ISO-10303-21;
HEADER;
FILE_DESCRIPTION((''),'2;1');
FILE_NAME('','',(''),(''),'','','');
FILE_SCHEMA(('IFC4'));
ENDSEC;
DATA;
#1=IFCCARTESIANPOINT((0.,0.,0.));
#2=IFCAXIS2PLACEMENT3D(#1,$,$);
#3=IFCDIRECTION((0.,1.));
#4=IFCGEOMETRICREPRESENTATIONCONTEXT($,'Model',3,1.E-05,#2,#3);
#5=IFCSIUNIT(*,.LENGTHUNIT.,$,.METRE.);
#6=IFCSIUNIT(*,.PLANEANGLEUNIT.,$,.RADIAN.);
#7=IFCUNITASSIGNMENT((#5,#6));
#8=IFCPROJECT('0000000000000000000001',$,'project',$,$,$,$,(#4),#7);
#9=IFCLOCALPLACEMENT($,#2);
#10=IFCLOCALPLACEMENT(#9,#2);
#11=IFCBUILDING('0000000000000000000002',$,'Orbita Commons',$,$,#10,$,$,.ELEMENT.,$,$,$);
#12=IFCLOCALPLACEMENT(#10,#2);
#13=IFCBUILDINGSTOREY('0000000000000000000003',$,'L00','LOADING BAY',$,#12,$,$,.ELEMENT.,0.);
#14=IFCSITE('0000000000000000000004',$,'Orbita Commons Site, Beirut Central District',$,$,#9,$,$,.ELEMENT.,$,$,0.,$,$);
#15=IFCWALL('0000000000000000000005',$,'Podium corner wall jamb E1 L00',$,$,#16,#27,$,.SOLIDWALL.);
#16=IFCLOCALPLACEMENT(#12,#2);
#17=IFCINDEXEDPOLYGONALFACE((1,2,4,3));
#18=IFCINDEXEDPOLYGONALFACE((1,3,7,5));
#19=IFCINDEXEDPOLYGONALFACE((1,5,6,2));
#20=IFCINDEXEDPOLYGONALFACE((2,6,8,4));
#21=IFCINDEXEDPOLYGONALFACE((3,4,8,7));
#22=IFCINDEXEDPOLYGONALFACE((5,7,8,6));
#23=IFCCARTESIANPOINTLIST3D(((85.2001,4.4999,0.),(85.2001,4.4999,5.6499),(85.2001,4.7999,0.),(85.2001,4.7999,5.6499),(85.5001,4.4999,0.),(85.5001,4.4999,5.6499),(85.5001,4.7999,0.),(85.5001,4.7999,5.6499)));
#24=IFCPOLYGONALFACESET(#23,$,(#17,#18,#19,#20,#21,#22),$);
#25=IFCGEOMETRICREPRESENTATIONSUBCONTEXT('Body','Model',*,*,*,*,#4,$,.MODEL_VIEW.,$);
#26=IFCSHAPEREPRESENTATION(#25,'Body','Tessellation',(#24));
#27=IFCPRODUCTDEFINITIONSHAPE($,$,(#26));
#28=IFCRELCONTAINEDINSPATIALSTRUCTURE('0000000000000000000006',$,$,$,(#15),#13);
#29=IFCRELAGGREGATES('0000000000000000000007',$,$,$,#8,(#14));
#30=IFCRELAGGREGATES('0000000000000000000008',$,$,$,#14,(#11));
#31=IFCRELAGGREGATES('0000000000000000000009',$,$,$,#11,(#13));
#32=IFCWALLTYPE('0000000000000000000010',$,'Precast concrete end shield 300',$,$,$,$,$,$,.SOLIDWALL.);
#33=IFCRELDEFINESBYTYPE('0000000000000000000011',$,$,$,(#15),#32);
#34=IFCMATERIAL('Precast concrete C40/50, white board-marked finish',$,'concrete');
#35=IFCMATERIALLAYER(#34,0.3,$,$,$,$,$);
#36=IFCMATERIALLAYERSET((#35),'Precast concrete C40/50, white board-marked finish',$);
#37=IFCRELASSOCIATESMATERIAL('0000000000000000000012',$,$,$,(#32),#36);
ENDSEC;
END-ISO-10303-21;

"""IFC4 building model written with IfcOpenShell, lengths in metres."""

from ifc_helpers import new_model, si_unit, direction, frame, frame_2d, origin, place, context, subcontext, project, spatial, rectangle, extrude, material, layer, layer_set, type_object, element, save


model = new_model("IFC4")

# Units and contexts
model_context = context("Model", 3, precision=1e-05, world=origin(), true_north=direction((0.0, 1.0)))
body_context = subcontext(model_context, "Body", "Model", "MODEL_VIEW")
ifc_project = project(units=[si_unit("LENGTHUNIT", "METRE"), si_unit("PLANEANGLEUNIT", "RADIAN")], contexts=[model_context])

# Site, building, storey
site_placement = place(None, origin())
site = spatial("IfcSite", under=ifc_project, at=site_placement, Name="Orbita Commons Site, Beirut Central District", CompositionType="ELEMENT", RefElevation=0.0)
building_placement = place(site_placement, origin())
building = spatial("IfcBuilding", under=site, at=building_placement, Name="Orbita Commons", CompositionType="ELEMENT")
storey_placement = place(building_placement, origin())
storey = spatial("IfcBuildingStorey", under=building, at=storey_placement, Name="L00", Description="LOADING BAY", CompositionType="ELEMENT", Elevation=0.0)

# Wall
ifc_material_1 = material(Name="Precast concrete C40/50, white board-marked finish", Category="concrete")
ifc_layer_1 = layer(ifc_material_1, 0.3)
ifc_layer_set_1 = layer_set([ifc_layer_1], Name="Precast concrete C40/50, white board-marked finish")
wall_type_1 = type_object("IfcWallType", Name="Precast concrete end shield 300", PredefinedType="SOLIDWALL", material=ifc_layer_set_1)
for number, where, z_axis, x_axis, name in (
    (1, (85.3501, 4.5, 0.0), (0.0, 0.0, 1.0), (0.0, 1.0, 0.0), "Podium corner wall jamb E1 L00"),
):
    element("IfcWall", number, at=place(storey_placement, frame(where, z_axis=z_axis, x_axis=x_axis)), inside=storey, type_object=wall_type_1, Name=name, PredefinedType="SOLIDWALL", context=body_context, shape_type="SweptSolid", body=[
        extrude(rectangle(XDim=0.3, YDim=0.3, at=frame_2d((0.1499, 0.0))), origin(), (0.0, 0.0, 1.0), 5.6499),
    ])

save(model, "model.ifc")
